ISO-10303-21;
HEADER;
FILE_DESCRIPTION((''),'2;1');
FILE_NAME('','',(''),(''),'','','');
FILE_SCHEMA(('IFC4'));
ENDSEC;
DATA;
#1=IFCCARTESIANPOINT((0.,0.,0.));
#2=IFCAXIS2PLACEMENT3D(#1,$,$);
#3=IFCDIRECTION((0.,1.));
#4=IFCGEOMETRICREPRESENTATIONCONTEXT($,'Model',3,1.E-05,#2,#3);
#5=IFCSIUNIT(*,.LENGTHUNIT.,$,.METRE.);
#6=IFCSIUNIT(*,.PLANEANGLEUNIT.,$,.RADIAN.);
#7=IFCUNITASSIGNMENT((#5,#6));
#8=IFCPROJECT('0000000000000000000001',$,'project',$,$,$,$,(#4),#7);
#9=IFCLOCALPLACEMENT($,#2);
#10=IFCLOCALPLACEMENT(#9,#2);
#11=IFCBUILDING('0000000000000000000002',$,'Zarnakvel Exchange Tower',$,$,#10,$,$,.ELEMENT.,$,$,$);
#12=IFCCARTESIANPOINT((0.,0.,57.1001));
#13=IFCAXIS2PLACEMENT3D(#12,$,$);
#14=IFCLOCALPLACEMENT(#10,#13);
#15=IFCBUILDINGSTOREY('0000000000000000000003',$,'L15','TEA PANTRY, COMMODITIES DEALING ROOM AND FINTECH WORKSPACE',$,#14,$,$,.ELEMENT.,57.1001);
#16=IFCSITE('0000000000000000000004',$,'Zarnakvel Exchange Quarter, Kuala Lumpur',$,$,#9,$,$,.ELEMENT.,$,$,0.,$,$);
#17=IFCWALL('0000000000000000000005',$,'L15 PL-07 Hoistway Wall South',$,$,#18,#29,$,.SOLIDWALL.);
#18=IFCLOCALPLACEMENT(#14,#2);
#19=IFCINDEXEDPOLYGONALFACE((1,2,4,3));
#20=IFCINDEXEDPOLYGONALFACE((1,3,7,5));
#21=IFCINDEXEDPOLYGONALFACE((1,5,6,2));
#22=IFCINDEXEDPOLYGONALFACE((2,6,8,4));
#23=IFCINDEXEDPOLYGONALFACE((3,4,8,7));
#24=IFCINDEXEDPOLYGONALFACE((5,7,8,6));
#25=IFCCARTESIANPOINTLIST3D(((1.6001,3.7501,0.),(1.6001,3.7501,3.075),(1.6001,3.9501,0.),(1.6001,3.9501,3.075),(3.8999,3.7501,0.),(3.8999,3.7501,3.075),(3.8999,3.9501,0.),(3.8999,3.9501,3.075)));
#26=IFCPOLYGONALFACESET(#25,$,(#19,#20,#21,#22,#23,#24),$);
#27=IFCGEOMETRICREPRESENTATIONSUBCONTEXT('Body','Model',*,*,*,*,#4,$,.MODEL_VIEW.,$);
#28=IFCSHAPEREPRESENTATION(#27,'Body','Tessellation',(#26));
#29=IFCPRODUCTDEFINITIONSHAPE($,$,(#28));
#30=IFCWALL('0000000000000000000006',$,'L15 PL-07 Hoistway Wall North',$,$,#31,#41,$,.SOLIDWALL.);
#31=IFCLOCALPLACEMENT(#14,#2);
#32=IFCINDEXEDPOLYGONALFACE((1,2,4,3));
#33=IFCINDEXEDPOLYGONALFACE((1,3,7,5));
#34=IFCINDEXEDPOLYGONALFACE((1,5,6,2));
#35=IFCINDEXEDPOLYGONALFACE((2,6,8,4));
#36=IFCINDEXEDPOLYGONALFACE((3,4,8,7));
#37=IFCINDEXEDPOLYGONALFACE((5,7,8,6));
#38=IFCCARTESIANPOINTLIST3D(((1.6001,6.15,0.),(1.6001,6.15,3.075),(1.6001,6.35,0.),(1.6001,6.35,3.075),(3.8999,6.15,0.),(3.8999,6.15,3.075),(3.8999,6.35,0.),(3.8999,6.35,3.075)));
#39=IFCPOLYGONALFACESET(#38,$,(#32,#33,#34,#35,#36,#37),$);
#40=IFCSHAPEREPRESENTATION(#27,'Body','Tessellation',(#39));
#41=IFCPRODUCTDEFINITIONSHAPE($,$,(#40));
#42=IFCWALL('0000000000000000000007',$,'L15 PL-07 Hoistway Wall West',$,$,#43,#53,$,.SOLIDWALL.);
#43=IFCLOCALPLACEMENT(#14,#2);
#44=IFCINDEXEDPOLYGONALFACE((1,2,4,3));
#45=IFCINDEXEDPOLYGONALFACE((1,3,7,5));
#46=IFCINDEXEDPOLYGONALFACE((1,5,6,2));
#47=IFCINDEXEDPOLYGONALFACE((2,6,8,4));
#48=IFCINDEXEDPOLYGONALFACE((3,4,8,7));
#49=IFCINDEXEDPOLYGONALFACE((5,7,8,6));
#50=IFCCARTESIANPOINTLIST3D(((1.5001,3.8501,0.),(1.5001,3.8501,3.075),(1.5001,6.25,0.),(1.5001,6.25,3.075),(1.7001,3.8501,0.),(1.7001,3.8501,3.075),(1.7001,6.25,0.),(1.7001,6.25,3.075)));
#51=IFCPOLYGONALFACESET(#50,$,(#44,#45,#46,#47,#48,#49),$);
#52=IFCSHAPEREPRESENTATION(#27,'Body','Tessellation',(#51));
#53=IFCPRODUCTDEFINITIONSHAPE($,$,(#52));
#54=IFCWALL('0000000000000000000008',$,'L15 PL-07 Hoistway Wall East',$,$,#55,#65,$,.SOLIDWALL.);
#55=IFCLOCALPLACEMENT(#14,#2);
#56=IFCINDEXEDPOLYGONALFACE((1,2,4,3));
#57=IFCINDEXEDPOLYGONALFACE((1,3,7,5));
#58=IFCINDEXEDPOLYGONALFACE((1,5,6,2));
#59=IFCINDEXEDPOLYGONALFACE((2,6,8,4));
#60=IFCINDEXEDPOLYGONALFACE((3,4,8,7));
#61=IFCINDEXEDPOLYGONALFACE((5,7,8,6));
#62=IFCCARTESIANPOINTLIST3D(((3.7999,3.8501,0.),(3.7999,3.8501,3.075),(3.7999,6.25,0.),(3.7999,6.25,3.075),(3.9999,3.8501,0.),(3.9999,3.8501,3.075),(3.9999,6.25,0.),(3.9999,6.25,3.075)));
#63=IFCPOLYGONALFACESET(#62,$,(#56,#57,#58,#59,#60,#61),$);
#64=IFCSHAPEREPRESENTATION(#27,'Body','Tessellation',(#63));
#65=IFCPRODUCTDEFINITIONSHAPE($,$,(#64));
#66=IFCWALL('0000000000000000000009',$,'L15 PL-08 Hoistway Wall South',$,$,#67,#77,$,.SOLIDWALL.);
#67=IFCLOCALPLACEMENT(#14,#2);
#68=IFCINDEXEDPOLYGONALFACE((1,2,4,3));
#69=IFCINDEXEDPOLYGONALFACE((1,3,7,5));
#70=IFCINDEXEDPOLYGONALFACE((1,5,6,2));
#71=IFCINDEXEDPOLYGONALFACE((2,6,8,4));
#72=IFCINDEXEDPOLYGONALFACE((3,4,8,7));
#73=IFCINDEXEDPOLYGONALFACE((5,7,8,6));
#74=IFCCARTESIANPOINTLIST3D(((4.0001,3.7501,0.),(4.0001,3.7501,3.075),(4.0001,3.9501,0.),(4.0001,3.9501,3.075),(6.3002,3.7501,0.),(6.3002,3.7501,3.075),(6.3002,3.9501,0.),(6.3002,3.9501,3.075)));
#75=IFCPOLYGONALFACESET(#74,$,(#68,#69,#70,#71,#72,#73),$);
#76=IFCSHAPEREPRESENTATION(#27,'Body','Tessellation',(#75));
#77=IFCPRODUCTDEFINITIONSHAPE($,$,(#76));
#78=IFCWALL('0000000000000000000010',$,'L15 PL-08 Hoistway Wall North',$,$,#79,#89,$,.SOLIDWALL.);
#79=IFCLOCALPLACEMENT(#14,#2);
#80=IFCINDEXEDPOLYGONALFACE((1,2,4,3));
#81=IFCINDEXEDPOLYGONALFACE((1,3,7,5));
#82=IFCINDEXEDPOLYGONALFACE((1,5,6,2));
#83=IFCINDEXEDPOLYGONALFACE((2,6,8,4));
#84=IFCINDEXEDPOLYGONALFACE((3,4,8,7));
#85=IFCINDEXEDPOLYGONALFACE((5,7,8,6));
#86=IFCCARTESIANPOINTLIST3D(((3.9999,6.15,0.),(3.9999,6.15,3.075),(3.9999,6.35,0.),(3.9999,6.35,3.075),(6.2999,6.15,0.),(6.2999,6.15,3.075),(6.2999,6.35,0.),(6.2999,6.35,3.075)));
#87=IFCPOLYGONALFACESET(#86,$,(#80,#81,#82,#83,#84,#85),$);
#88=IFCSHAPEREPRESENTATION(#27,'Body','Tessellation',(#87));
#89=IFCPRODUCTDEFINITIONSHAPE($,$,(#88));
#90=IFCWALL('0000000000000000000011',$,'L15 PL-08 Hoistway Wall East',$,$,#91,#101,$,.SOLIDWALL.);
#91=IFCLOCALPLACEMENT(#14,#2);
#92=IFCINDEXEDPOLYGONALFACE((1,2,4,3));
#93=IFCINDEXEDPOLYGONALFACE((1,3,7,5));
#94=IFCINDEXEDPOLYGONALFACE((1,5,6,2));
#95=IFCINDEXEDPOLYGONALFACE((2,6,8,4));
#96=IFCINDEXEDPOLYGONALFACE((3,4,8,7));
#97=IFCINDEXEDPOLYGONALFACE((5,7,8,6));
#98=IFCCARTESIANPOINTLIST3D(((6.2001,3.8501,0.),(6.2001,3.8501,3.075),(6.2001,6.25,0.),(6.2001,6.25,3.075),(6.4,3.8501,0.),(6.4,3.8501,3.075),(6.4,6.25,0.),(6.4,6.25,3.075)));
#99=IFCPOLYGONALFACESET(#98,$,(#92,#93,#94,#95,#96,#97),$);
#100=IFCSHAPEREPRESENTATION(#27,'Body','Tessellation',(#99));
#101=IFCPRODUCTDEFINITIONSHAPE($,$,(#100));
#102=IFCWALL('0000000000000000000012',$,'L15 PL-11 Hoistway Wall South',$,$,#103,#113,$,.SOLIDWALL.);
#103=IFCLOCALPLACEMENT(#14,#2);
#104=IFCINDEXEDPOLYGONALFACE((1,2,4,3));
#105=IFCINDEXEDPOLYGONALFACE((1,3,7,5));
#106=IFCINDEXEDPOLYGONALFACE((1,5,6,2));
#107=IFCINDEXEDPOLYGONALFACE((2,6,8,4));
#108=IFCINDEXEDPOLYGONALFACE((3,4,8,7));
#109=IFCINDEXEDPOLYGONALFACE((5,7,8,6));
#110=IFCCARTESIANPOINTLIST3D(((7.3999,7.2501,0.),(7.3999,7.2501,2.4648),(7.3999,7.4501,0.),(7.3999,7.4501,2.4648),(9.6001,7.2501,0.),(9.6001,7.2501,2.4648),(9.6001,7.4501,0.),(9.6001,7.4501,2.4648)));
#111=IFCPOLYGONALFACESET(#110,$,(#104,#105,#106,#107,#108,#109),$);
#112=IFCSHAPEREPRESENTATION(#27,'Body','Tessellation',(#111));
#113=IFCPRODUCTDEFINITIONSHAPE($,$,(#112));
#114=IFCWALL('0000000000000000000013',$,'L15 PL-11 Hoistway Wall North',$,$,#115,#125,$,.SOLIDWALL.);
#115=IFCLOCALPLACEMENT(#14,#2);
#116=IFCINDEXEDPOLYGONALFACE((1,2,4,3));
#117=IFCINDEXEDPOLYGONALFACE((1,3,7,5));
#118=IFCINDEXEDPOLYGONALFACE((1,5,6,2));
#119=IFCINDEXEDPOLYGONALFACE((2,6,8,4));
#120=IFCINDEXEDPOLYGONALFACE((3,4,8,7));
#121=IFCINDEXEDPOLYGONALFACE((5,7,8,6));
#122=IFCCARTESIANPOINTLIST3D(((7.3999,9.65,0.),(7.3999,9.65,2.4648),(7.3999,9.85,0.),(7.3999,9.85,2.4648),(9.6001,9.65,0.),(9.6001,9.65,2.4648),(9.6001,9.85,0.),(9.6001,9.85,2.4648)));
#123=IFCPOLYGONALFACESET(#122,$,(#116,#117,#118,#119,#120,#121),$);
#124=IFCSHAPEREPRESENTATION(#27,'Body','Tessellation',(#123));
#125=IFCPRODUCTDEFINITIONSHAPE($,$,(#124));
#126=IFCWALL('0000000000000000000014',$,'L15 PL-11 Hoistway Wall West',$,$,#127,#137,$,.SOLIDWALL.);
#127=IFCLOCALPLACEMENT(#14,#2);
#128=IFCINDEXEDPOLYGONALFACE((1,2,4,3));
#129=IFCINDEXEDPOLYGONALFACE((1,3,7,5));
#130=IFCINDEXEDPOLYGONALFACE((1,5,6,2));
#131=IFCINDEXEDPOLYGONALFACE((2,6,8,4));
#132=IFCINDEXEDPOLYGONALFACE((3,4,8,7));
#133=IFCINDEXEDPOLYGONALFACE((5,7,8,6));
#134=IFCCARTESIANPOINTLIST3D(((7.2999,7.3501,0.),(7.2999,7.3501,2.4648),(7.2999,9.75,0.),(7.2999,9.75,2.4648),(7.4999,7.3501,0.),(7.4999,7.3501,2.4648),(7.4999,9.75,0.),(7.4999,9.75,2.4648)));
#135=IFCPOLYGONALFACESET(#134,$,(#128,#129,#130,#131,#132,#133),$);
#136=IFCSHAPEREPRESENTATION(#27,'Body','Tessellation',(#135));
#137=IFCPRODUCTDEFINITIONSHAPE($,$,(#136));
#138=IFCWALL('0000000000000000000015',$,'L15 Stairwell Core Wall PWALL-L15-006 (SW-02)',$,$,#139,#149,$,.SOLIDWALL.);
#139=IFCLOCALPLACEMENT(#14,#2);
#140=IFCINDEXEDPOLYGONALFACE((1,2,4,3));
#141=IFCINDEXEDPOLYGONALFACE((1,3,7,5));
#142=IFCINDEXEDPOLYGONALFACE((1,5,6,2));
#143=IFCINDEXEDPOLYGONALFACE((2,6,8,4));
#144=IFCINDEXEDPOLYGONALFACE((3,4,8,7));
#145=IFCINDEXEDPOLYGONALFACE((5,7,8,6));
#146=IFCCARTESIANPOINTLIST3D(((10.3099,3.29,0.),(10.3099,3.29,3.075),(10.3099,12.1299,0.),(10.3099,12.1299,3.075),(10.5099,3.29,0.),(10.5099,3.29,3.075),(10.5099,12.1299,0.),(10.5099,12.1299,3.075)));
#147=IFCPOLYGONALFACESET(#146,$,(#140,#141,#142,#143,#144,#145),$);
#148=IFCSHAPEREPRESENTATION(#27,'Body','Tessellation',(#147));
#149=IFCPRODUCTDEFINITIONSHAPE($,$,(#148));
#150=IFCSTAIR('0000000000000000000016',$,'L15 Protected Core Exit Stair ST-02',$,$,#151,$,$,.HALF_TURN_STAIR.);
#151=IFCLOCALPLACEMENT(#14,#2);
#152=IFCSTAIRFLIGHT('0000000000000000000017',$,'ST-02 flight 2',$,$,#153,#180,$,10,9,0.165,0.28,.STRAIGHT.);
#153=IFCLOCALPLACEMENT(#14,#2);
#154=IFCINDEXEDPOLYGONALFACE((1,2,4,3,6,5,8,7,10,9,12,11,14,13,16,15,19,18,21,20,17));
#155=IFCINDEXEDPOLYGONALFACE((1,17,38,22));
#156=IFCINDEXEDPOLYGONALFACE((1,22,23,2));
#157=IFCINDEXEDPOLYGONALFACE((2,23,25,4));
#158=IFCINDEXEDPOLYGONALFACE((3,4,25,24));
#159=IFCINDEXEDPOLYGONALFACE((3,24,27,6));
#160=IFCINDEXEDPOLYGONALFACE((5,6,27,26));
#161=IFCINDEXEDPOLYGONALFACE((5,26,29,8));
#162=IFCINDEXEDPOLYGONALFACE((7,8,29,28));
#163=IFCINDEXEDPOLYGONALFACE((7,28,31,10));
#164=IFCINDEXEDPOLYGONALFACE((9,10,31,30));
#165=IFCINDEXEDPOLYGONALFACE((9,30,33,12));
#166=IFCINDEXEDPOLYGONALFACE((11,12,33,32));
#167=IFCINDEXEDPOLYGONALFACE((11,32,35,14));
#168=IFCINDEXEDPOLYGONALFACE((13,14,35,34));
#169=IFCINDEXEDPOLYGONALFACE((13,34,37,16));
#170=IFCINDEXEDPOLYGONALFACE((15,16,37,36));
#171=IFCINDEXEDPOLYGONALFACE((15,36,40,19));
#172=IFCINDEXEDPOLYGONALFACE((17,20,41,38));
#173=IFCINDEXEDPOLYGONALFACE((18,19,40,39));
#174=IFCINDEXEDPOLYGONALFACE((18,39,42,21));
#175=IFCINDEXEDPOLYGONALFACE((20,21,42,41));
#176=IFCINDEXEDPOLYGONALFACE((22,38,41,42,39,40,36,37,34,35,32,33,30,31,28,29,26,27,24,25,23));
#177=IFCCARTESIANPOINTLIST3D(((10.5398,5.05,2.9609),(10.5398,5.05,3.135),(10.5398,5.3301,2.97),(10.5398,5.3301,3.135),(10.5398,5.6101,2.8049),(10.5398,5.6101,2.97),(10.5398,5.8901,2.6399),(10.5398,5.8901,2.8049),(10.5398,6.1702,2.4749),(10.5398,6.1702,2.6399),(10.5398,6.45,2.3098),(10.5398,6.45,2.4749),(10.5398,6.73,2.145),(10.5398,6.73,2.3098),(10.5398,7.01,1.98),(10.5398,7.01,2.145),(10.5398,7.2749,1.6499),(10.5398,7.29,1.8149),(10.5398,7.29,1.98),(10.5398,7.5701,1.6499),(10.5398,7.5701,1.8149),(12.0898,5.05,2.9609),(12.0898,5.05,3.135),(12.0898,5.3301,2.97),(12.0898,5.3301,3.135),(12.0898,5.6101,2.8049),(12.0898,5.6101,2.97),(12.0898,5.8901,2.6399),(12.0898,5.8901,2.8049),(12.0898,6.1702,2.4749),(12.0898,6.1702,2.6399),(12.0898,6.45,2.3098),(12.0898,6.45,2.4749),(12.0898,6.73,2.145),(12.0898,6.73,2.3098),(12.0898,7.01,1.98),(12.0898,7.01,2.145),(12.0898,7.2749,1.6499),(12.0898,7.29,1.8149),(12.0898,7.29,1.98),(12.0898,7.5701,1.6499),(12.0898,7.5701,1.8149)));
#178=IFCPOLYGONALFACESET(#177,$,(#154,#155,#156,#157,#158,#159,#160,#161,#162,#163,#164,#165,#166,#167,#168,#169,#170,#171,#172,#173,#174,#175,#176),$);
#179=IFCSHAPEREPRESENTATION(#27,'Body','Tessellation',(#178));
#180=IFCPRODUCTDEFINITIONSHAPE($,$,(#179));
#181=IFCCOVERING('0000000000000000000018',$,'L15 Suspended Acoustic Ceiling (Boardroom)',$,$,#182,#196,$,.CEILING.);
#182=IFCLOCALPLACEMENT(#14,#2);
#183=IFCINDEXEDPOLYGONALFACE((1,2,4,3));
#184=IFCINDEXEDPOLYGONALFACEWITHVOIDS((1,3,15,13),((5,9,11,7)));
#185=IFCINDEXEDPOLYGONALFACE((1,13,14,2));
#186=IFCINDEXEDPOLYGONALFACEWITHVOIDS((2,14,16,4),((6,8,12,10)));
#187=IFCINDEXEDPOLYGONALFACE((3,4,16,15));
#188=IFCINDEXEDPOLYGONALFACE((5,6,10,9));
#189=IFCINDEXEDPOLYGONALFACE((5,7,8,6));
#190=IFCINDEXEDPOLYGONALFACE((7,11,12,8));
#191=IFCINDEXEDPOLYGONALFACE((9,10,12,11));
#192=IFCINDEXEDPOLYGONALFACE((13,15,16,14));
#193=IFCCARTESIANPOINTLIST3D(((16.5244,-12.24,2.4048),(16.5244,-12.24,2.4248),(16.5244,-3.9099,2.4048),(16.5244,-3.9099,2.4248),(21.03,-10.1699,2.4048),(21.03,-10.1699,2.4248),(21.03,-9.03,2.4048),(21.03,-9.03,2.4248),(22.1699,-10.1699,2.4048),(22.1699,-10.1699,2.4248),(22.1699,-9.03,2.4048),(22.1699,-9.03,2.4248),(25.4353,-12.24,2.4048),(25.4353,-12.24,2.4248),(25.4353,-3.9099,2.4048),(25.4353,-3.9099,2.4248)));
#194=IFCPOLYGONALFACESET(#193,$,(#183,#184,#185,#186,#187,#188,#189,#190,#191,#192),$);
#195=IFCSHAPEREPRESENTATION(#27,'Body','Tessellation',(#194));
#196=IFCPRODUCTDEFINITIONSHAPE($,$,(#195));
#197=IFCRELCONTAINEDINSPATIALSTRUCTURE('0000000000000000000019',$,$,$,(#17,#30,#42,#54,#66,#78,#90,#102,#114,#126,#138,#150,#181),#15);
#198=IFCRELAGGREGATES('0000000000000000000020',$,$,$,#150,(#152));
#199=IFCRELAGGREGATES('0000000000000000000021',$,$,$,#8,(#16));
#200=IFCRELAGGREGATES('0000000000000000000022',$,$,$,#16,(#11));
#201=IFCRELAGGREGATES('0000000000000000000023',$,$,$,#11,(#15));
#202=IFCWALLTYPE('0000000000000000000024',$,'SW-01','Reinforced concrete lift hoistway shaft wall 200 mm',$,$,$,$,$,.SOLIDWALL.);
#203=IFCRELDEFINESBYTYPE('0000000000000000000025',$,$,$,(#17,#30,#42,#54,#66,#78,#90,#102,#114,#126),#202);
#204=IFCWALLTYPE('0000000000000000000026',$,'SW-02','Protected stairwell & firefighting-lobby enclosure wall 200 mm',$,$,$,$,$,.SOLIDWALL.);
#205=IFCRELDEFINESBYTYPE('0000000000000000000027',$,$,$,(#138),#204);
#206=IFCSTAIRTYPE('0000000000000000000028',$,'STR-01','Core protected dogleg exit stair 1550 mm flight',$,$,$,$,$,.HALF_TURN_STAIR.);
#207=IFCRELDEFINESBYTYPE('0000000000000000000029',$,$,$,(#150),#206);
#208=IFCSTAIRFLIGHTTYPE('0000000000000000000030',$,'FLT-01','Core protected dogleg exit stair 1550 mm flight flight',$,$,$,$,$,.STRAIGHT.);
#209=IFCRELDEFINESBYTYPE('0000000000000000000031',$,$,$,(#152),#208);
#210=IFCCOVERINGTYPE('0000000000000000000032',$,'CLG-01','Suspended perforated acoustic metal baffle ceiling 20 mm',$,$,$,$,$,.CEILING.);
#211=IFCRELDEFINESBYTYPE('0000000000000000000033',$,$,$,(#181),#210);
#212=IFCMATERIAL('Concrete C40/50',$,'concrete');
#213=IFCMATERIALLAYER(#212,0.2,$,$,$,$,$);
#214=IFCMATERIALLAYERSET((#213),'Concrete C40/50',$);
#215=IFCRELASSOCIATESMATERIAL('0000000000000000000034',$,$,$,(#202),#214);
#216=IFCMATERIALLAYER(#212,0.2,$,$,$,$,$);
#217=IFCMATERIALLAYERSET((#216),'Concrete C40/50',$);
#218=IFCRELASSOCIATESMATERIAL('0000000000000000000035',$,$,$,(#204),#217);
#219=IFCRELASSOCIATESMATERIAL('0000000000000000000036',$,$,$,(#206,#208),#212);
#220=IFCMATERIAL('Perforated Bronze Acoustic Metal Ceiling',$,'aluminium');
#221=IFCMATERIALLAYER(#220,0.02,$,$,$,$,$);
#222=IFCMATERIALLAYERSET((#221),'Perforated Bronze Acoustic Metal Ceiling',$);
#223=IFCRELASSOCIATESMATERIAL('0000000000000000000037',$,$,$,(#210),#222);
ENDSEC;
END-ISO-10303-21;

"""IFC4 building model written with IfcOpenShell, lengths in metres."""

from ifc_helpers import new_model, si_unit, direction, frame, frame_2d, origin, place, context, subcontext, project, spatial, polyline, rectangle, outline, extrude, material, layer, layer_set, type_object, element, aggregate, save


model = new_model("IFC4")

# Units and contexts
model_context = context("Model", 3, precision=1e-05, world=origin(), true_north=direction((0.0, 1.0)))
body_context = subcontext(model_context, "Body", "Model", "MODEL_VIEW")
ifc_project = project(units=[si_unit("LENGTHUNIT", "METRE"), si_unit("PLANEANGLEUNIT", "RADIAN")], contexts=[model_context])

# Site, building, storey
site_placement = place(None, origin())
site = spatial("IfcSite", under=ifc_project, at=site_placement, Name="Zarnakvel Exchange Quarter, Kuala Lumpur", CompositionType="ELEMENT", RefElevation=0.0)
building_placement = place(site_placement, origin())
building = spatial("IfcBuilding", under=site, at=building_placement, Name="Zarnakvel Exchange Tower", CompositionType="ELEMENT")
storey_placement = place(building_placement, frame((0.0, 0.0, 57.1001)))
storey = spatial("IfcBuildingStorey", under=building, at=storey_placement, Name="L15", Description="TEA PANTRY, COMMODITIES DEALING ROOM AND FINTECH WORKSPACE", CompositionType="ELEMENT", Elevation=57.1001)

# Shared definitions
ifc_material_1 = material(Name="Concrete C40/50", Category="concrete")
ifc_layer_1 = layer(ifc_material_1, 0.2)
ifc_layer_set_1 = layer_set([ifc_layer_1], Name="Concrete C40/50")
wall_type_1 = type_object("IfcWallType", Name="SW-01", Description="Reinforced concrete lift hoistway shaft wall 200 mm", PredefinedType="SOLIDWALL", material=ifc_layer_set_1)

# Walls
for number, where, z_axis, x_axis, name in (
    (1, (3.8999, 3.8501, 0.0), (0.0, 0.0, 1.0), (-1.0, 0.0, 0.0), "L15 PL-07 Hoistway Wall South"),
    (2, (1.6001, 6.25, 0.0), (0.0, 0.0, 1.0), (1.0, 0.0, 0.0), "L15 PL-07 Hoistway Wall North"),
):
    element("IfcWall", number, at=place(storey_placement, frame(where, z_axis=z_axis, x_axis=x_axis)), inside=storey, type_object=wall_type_1, Name=name, PredefinedType="SOLIDWALL", context=body_context, shape_type="SweptSolid", body=[
        extrude(rectangle(XDim=2.2998, YDim=0.2, at=frame_2d((1.1499, 0.0))), origin(), (0.0, 0.0, 1.0), 3.075),
    ])
for number, where, z_axis, x_axis, name in (
    (3, (1.6001, 3.8501, 0.0), (0.0, 0.0, 1.0), (0.0, 1.0, 0.0), "L15 PL-07 Hoistway Wall West"),
    (4, (3.8999, 6.25, 0.0), (0.0, 0.0, 1.0), (0.0, -1.0, 0.0), "L15 PL-07 Hoistway Wall East"),
):
    element("IfcWall", number, at=place(storey_placement, frame(where, z_axis=z_axis, x_axis=x_axis)), inside=storey, type_object=wall_type_1, Name=name, PredefinedType="SOLIDWALL", context=body_context, shape_type="SweptSolid", body=[
        extrude(rectangle(XDim=2.3999, YDim=0.2, at=frame_2d((1.2, 0.0))), origin(), (0.0, 0.0, 1.0), 3.075),
    ])
for number, where, z_axis, x_axis, name in (
    (5, (6.3, 3.8501, 0.0), (0.0, 0.0, 1.0), (-1.0, 0.0, 0.0), "L15 PL-08 Hoistway Wall South"),
    (6, (4.0, 6.25, 0.0), (0.0, 0.0, 1.0), (1.0, 0.0, 0.0), "L15 PL-08 Hoistway Wall North"),
):
    element("IfcWall", number, at=place(storey_placement, frame(where, z_axis=z_axis, x_axis=x_axis)), inside=storey, type_object=wall_type_1, Name=name, PredefinedType="SOLIDWALL", context=body_context, shape_type="SweptSolid", body=[
        extrude(rectangle(XDim=2.3, YDim=0.2, at=frame_2d((1.1499, 0.0))), origin(), (0.0, 0.0, 1.0), 3.075),
    ])
wall_1_placement = place(storey_placement, frame((6.3, 6.25, 0.0), z_axis=(0.0, 0.0, 1.0), x_axis=(0.0, -1.0, 0.0)))
element("IfcWall", 7, at=wall_1_placement, inside=storey, type_object=wall_type_1, Name="L15 PL-08 Hoistway Wall East", PredefinedType="SOLIDWALL", context=body_context, shape_type="SweptSolid", body=[
    extrude(rectangle(XDim=2.3999, YDim=0.2, at=frame_2d((1.2, 0.0))), origin(), (0.0, 0.0, 1.0), 3.075),
])
for number, where, z_axis, x_axis, name in (
    (8, (9.6001, 7.3501, 0.0), (0.0, 0.0, 1.0), (-1.0, 0.0, 0.0), "L15 PL-11 Hoistway Wall South"),
    (9, (7.3999, 9.75, 0.0), (0.0, 0.0, 1.0), (1.0, 0.0, 0.0), "L15 PL-11 Hoistway Wall North"),
):
    element("IfcWall", number, at=place(storey_placement, frame(where, z_axis=z_axis, x_axis=x_axis)), inside=storey, type_object=wall_type_1, Name=name, PredefinedType="SOLIDWALL", context=body_context, shape_type="SweptSolid", body=[
        extrude(rectangle(XDim=2.2002, YDim=0.2, at=frame_2d((1.1001, 0.0))), origin(), (0.0, 0.0, 1.0), 2.4648),
    ])
wall_2_placement = place(storey_placement, frame((7.3999, 7.3501, 0.0), z_axis=(0.0, 0.0, 1.0), x_axis=(0.0, 1.0, 0.0)))
element("IfcWall", 10, at=wall_2_placement, inside=storey, type_object=wall_type_1, Name="L15 PL-11 Hoistway Wall West", PredefinedType="SOLIDWALL", context=body_context, shape_type="SweptSolid", body=[
    extrude(rectangle(XDim=2.3999, YDim=0.2, at=frame_2d((1.2, 0.0))), origin(), (0.0, 0.0, 1.0), 2.4648),
])
ifc_layer_2 = layer(ifc_material_1, 0.2)
ifc_layer_set_2 = layer_set([ifc_layer_2], Name="Concrete C40/50")
wall_type_2 = type_object("IfcWallType", Name="SW-02", Description="Protected stairwell & firefighting-lobby enclosure wall 200 mm", PredefinedType="SOLIDWALL", material=ifc_layer_set_2)
wall_3_placement = place(storey_placement, frame((10.4099, 3.29, 0.0), z_axis=(0.0, 0.0, 1.0), x_axis=(0.0, 1.0, 0.0)))
element("IfcWall", 11, at=wall_3_placement, inside=storey, type_object=wall_type_2, Name="L15 Stairwell Core Wall PWALL-L15-006 (SW-02)", PredefinedType="SOLIDWALL", context=body_context, shape_type="SweptSolid", body=[
    extrude(rectangle(XDim=8.8398, YDim=0.2, at=frame_2d((4.4199, 0.0))), origin(), (0.0, 0.0, 1.0), 3.075),
])

# Stair, stair flight
stair_type = type_object("IfcStairType", Name="STR-01", Description="Core protected dogleg exit stair 1550 mm flight", PredefinedType="HALF_TURN_STAIR", material=ifc_material_1)
stair_placement = place(storey_placement, origin())
stair = element("IfcStair", 12, at=stair_placement, inside=storey, type_object=stair_type, Name="L15 Protected Core Exit Stair ST-02", PredefinedType="HALF_TURN_STAIR")
stair_flight_type = type_object("IfcStairFlightType", Name="FLT-01", Description="Core protected dogleg exit stair 1550 mm flight flight", PredefinedType="STRAIGHT", material=ifc_material_1)
stair_flight_placement = place(storey_placement, frame((11.3149, 7.5701, 1.6499), z_axis=(0.0, 0.0, 1.0), x_axis=(0.0, -1.0, 0.0)))
stair_flight = element("IfcStairFlight", 13, at=stair_flight_placement, type_object=stair_flight_type, Name="ST-02 flight 2", NumberOfRisers=10, NumberOfTreads=9, PredefinedType="STRAIGHT", RiserHeight=0.165, TreadLength=0.28, context=body_context, shape_type="SweptSolid", body=[
    extrude(outline(polyline([(0.0, 0.0), (0.0, 0.165), (0.28, 0.165), (0.28, 0.3301), (0.5601, 0.3301), (0.5601, 0.4951), (0.8401, 0.4951), (0.8401, 0.6599), (1.1201, 0.6599), (1.1201, 0.825), (1.3999, 0.825), (1.3999, 0.99), (1.6799, 0.99), (1.6799, 1.155), (1.96, 1.155), (1.96, 1.3201), (2.24, 1.3201), (2.24, 1.4851), (2.52, 1.4851), (2.52, 1.6499), (2.52, 1.311), (0.2952, 0.0), (0.0, 0.0)])), frame((0.0, 0.7749, 0.0), z_axis=(0.0, -1.0, 0.0), x_axis=(1.0, 0.0, 0.0)), (0.0, 0.0, 1.0), 1.55),
])
aggregate(stair, [stair_flight])

# Covering
ifc_material_2 = material(Name="Perforated Bronze Acoustic Metal Ceiling", Category="aluminium")
ifc_layer_3 = layer(ifc_material_2, 0.02)
ifc_layer_set_3 = layer_set([ifc_layer_3], Name="Perforated Bronze Acoustic Metal Ceiling")
covering_type = type_object("IfcCoveringType", Name="CLG-01", Description="Suspended perforated acoustic metal baffle ceiling 20 mm", PredefinedType="CEILING", material=ifc_layer_set_3)
covering_placement = place(storey_placement, frame((0.0, 0.0, 2.4048)))
element("IfcCovering", 14, at=covering_placement, inside=storey, type_object=covering_type, Name="L15 Suspended Acoustic Ceiling (Boardroom)", PredefinedType="CEILING", context=body_context, shape_type="SweptSolid", body=[
    extrude(outline(polyline([(16.5244, -3.9099), (25.4353, -3.9099), (25.4353, -12.24), (16.5244, -12.24), (16.5244, -3.9099)]), holes=[polyline([(22.1699, -10.1699), (22.1699, -9.03), (21.03, -9.03), (21.03, -10.1699), (22.1699, -10.1699)])]), origin(), (0.0, 0.0, 1.0), 0.02),
])

save(model, "model.ifc")
